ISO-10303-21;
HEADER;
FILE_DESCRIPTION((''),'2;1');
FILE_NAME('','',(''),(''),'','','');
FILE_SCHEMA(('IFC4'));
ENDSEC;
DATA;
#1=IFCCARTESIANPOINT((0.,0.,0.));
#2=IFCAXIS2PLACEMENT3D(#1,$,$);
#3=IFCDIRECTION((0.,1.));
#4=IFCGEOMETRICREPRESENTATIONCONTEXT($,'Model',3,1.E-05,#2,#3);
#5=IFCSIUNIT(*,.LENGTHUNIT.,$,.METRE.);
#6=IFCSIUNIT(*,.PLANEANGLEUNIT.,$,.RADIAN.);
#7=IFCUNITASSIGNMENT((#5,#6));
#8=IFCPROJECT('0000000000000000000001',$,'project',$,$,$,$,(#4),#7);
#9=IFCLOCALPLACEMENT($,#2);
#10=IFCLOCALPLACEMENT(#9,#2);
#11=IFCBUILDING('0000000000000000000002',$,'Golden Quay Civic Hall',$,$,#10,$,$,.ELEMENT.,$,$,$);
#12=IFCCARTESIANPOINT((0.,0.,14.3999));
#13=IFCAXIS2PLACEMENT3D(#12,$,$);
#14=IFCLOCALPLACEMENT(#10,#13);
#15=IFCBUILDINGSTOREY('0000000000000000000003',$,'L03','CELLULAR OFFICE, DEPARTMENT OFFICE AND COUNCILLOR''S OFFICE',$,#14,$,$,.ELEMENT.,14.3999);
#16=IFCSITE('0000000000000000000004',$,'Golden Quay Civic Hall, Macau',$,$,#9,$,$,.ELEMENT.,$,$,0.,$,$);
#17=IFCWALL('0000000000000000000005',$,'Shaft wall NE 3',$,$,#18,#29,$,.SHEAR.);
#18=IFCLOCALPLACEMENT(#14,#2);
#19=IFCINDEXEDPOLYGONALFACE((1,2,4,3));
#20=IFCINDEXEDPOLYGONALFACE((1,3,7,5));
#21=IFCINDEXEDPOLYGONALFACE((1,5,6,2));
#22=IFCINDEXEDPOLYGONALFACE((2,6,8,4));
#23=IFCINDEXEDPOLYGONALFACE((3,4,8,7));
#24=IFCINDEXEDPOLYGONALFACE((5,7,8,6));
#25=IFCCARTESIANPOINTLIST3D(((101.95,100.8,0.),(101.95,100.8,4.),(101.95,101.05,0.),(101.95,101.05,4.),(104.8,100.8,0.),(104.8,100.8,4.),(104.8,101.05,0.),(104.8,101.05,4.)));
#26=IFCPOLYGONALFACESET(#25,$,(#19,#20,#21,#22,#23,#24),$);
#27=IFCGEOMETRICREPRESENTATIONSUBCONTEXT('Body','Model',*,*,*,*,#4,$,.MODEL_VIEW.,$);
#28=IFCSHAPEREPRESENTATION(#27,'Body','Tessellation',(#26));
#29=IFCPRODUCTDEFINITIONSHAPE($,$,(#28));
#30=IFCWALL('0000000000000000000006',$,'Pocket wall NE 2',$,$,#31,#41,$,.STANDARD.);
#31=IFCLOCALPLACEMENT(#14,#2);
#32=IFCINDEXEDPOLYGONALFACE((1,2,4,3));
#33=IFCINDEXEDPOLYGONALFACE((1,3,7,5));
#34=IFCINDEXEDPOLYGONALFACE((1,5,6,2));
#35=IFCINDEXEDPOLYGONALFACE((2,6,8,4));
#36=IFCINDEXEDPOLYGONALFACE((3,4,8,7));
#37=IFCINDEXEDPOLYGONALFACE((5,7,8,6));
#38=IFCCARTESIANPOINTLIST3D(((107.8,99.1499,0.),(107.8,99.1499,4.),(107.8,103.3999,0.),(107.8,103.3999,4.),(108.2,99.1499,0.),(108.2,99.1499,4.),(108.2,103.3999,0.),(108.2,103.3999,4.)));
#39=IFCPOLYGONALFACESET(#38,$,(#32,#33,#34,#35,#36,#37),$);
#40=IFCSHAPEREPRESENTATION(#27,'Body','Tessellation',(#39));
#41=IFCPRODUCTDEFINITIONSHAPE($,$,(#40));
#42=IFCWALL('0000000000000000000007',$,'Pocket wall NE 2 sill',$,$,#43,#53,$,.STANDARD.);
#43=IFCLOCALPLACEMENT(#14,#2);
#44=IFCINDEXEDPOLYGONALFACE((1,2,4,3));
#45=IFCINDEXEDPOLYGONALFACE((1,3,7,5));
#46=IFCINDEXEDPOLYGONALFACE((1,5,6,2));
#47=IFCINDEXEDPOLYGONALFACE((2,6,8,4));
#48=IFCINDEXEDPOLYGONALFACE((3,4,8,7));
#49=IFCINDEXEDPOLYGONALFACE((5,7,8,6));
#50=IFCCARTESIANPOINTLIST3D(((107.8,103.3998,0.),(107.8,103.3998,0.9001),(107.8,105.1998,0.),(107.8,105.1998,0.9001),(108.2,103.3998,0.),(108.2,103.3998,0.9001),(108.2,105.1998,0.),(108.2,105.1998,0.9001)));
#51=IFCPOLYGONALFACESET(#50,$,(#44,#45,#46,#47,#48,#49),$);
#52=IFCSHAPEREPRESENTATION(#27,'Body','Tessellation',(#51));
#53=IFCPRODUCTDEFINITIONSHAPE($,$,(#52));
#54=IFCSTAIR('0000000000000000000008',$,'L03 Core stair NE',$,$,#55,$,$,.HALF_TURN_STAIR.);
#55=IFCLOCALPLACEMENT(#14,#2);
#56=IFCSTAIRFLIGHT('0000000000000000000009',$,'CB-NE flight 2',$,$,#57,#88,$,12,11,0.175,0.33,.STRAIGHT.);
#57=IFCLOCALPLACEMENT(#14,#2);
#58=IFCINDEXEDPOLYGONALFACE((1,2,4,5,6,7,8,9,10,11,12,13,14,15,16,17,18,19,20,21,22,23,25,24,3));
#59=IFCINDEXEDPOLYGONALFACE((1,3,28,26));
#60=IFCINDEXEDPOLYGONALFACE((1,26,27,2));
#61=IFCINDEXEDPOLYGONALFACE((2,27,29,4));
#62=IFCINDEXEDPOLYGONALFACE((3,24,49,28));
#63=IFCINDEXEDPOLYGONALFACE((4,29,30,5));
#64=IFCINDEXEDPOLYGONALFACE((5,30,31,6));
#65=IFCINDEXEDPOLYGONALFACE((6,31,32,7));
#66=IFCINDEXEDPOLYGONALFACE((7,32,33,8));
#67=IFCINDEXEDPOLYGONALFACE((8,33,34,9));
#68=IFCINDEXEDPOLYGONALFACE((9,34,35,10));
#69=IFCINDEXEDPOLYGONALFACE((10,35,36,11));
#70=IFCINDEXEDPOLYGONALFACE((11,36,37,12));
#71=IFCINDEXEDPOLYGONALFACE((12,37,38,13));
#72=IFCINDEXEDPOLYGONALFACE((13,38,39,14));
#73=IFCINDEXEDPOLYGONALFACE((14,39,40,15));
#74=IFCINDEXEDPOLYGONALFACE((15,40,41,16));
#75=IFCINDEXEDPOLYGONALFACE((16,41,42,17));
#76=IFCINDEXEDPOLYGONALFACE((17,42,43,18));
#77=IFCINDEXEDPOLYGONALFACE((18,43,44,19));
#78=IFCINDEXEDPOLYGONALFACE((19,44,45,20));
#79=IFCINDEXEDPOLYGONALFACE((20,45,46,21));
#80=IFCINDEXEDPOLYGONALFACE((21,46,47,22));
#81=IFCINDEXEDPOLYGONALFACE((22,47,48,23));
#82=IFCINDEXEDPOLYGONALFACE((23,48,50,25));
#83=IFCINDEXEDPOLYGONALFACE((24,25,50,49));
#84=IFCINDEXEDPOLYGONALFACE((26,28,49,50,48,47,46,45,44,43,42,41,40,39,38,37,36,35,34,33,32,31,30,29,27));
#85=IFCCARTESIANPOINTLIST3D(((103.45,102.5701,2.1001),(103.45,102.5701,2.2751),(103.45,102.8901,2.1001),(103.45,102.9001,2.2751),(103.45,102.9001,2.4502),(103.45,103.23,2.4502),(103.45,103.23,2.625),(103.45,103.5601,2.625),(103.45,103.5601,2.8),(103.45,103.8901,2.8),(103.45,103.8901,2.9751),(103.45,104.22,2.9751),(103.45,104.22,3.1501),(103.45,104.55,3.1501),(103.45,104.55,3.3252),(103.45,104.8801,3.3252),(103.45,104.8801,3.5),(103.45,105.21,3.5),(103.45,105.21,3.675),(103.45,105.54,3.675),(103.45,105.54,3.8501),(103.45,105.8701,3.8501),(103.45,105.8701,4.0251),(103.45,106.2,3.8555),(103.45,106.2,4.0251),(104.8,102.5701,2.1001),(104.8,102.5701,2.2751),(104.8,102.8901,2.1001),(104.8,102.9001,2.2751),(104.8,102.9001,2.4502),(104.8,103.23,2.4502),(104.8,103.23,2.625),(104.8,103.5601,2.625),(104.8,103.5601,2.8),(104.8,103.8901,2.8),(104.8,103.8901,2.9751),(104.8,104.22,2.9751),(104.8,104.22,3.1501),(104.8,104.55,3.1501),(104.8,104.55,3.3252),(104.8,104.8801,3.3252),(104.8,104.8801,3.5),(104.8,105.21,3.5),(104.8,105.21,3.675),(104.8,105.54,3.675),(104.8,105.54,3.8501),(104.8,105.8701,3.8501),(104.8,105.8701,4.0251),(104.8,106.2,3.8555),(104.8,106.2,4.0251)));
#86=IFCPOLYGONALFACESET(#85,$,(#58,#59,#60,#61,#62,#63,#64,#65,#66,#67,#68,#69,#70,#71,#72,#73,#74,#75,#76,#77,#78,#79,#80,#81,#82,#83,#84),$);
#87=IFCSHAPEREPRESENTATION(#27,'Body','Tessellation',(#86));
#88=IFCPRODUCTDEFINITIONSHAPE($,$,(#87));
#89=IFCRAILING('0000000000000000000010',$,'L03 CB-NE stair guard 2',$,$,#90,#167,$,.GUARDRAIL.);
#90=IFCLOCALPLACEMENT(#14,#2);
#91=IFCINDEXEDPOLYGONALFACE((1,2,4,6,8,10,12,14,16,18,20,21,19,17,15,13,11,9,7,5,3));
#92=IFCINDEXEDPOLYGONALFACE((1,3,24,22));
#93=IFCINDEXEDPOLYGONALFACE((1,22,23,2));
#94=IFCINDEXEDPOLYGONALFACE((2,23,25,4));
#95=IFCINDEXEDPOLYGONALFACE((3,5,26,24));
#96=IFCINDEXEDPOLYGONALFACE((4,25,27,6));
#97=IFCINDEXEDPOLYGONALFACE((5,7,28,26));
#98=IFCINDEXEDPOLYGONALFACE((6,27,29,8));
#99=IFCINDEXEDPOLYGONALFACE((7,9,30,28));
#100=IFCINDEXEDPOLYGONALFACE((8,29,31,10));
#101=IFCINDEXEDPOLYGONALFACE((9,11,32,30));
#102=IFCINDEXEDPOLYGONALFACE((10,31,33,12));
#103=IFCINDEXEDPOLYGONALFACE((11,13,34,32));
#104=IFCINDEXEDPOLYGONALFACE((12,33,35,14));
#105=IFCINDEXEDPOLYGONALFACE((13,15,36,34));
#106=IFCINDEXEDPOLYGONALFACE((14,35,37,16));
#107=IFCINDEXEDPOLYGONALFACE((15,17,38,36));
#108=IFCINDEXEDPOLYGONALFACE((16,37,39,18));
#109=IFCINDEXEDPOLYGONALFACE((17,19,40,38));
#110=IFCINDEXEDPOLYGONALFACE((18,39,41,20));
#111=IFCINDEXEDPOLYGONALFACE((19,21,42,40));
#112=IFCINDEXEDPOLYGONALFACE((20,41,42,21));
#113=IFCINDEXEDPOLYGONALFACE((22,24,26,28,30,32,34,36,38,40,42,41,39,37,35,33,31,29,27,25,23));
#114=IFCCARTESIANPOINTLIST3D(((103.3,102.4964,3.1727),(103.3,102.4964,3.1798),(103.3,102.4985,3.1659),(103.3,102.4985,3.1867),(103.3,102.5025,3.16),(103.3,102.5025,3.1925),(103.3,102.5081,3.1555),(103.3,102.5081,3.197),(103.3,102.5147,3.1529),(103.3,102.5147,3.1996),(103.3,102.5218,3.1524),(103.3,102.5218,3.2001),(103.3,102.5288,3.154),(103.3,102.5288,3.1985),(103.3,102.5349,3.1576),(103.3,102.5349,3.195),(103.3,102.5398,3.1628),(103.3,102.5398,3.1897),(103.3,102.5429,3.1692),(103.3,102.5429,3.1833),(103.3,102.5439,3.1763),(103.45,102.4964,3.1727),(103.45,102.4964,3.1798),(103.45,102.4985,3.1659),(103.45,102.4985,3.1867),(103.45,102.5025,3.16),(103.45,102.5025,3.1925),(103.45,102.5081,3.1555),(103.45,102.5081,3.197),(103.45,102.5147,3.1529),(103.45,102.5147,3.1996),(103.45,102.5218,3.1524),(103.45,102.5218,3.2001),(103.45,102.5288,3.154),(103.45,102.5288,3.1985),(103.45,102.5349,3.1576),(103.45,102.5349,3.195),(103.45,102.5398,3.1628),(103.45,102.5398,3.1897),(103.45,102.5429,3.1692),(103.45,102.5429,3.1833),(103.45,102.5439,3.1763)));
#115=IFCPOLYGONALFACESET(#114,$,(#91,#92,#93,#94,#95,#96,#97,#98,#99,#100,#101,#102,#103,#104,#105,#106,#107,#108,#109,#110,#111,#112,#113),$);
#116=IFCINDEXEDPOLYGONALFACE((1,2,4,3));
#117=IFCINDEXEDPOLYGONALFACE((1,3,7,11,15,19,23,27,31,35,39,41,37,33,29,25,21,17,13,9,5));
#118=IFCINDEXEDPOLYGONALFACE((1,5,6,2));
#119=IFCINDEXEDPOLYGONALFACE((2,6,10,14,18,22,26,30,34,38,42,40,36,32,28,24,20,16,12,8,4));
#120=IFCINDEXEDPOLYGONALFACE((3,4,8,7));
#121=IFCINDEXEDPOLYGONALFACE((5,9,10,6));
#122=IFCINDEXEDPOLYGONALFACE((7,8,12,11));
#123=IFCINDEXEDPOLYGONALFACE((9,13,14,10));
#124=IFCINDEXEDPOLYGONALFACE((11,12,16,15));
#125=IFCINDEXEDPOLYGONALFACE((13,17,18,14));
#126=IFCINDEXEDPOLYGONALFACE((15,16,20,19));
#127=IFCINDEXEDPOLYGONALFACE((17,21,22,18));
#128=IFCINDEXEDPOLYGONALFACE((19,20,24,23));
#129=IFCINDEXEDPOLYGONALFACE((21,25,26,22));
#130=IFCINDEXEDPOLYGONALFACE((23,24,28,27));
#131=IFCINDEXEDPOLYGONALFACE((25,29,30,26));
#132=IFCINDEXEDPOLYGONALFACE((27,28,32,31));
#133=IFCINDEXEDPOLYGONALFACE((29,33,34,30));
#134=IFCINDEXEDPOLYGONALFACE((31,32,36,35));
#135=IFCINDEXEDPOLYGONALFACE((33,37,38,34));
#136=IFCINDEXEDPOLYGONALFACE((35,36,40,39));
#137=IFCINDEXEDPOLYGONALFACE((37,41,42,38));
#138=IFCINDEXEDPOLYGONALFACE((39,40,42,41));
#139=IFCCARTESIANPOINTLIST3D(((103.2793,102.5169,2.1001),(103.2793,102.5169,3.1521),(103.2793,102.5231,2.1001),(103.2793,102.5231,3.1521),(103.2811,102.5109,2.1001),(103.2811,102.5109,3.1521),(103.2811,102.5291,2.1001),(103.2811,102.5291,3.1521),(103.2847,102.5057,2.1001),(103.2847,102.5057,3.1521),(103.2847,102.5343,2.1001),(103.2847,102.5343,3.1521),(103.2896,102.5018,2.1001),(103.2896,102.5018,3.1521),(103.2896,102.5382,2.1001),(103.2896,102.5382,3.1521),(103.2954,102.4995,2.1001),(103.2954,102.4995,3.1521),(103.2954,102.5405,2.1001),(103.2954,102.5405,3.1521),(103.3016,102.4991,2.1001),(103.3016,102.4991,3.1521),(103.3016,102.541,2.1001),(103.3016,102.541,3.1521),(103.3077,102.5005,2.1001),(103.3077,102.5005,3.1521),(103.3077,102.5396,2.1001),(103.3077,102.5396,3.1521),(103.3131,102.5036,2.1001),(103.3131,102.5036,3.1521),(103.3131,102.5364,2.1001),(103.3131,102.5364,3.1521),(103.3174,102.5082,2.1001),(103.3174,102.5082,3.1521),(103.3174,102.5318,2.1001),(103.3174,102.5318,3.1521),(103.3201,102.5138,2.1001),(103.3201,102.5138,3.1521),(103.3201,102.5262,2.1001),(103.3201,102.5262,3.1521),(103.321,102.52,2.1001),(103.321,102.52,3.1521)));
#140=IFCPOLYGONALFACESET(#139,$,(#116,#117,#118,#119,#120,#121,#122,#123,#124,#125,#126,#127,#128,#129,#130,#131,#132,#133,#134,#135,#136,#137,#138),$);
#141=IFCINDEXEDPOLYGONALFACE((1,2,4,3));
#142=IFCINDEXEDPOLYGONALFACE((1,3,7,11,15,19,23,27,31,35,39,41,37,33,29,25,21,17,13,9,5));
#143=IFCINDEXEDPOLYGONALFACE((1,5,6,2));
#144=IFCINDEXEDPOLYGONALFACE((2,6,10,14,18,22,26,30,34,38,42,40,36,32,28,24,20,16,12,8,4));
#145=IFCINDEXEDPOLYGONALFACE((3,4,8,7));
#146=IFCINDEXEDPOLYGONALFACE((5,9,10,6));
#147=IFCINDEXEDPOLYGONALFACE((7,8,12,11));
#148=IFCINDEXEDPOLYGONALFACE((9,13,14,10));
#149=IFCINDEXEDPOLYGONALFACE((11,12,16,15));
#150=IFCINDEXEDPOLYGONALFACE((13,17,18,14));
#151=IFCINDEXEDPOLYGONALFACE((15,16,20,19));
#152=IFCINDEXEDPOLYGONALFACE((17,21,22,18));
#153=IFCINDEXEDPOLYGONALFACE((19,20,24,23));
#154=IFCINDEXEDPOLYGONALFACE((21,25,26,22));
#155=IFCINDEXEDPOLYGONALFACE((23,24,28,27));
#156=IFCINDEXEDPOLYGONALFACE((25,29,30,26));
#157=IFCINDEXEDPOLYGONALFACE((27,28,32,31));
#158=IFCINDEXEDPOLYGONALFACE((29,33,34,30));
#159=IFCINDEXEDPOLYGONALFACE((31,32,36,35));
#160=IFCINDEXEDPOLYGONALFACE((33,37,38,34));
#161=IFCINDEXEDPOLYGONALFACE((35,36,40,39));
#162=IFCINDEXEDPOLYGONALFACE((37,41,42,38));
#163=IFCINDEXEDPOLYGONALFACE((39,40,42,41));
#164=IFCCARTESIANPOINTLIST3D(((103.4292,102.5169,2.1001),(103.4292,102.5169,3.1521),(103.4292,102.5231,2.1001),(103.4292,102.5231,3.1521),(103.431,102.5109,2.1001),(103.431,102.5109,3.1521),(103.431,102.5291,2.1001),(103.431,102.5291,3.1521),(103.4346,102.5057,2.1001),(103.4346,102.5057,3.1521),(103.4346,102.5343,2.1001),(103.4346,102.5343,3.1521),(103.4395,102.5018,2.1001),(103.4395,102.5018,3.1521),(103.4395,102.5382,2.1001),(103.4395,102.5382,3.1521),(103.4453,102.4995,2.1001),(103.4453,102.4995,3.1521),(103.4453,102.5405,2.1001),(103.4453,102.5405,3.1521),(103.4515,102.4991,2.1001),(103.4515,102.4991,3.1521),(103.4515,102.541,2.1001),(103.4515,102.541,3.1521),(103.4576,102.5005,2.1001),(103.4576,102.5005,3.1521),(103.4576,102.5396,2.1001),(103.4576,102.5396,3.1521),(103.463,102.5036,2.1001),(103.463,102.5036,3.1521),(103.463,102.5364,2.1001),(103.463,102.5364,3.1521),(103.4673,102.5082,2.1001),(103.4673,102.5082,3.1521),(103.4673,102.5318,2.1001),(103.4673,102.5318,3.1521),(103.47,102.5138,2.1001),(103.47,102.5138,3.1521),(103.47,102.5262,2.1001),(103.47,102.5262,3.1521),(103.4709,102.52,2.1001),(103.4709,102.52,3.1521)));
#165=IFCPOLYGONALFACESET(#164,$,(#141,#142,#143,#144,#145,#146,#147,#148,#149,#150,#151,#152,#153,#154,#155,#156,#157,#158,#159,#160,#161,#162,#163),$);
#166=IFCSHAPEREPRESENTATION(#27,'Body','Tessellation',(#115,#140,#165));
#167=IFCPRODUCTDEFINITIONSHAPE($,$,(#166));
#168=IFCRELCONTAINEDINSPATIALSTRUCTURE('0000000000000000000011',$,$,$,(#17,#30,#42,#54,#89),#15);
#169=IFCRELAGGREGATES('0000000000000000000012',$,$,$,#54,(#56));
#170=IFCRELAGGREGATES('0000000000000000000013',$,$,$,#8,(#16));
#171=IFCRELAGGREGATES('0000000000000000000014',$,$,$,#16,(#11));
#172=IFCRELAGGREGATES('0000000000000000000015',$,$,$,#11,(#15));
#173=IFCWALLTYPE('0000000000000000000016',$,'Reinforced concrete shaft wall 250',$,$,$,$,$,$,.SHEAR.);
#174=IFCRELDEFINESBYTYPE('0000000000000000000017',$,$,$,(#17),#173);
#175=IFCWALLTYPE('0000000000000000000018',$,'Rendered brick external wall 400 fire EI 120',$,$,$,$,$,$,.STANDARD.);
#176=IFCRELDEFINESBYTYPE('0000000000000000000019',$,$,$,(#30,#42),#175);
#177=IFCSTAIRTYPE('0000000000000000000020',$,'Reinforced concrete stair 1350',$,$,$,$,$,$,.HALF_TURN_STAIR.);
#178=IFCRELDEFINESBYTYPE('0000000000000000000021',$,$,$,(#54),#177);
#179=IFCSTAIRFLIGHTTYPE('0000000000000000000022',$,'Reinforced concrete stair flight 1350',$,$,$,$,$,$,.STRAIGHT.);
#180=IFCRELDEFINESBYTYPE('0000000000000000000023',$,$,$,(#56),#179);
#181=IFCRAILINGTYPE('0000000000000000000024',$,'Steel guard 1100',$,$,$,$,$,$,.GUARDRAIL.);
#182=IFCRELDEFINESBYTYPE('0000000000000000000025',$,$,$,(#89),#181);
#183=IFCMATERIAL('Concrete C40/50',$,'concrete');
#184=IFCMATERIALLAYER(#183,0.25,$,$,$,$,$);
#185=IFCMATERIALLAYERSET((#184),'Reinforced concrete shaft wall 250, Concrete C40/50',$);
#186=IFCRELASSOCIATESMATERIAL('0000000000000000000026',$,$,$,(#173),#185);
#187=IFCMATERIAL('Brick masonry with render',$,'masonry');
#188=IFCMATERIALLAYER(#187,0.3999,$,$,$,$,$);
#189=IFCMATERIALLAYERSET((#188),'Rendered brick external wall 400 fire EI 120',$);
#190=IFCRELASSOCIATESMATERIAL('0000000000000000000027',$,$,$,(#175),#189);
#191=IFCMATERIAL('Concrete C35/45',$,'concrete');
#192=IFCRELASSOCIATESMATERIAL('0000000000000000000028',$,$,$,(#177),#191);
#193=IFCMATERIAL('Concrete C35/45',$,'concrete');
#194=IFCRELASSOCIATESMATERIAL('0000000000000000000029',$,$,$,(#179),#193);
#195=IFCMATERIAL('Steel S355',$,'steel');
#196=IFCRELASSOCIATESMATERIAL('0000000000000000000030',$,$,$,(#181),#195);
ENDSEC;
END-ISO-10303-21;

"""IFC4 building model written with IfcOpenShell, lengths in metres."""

from ifc_helpers import new_model, si_unit, direction, frame, frame_2d, origin, origin_2d, place, context, subcontext, project, spatial, polyline, rectangle, circle, outline, extrude, material, layer, layer_set, type_object, element, aggregate, save


model = new_model("IFC4")

# Units and contexts
model_context = context("Model", 3, precision=1e-05, world=origin(), true_north=direction((0.0, 1.0)))
body_context = subcontext(model_context, "Body", "Model", "MODEL_VIEW")
ifc_project = project(units=[si_unit("LENGTHUNIT", "METRE"), si_unit("PLANEANGLEUNIT", "RADIAN")], contexts=[model_context])

# Site, building, storey
site_placement = place(None, origin())
site = spatial("IfcSite", under=ifc_project, at=site_placement, Name="Golden Quay Civic Hall, Macau", CompositionType="ELEMENT", RefElevation=0.0)
building_placement = place(site_placement, origin())
building = spatial("IfcBuilding", under=site, at=building_placement, Name="Golden Quay Civic Hall", CompositionType="ELEMENT")
storey_placement = place(building_placement, frame((0.0, 0.0, 14.3999)))
storey = spatial("IfcBuildingStorey", under=building, at=storey_placement, Name="L03", Description="CELLULAR OFFICE, DEPARTMENT OFFICE AND COUNCILLOR'S OFFICE", CompositionType="ELEMENT", Elevation=14.3999)

# Walls
ifc_material_1 = material(Name="Concrete C40/50", Category="concrete")
ifc_layer_1 = layer(ifc_material_1, 0.25)
ifc_layer_set_1 = layer_set([ifc_layer_1], Name="Reinforced concrete shaft wall 250, Concrete C40/50")
wall_type_1 = type_object("IfcWallType", Name="Reinforced concrete shaft wall 250", PredefinedType="SHEAR", material=ifc_layer_set_1)
wall_1_placement = place(storey_placement, frame((104.8, 100.925, 0.0), z_axis=(0.0, 0.0, 1.0), x_axis=(-1.0, 0.0, 0.0)))
element("IfcWall", 1, at=wall_1_placement, inside=storey, type_object=wall_type_1, Name="Shaft wall NE 3", PredefinedType="SHEAR", context=body_context, shape_type="SweptSolid", body=[
    extrude(rectangle(XDim=2.8501, YDim=0.25, at=frame_2d((1.425, 0.0))), origin(), (0.0, 0.0, 1.0), 4.0),
])
ifc_material_2 = material(Name="Brick masonry with render", Category="masonry")
ifc_layer_2 = layer(ifc_material_2, 0.3999)
ifc_layer_set_2 = layer_set([ifc_layer_2], Name="Rendered brick external wall 400 fire EI 120")
wall_type_2 = type_object("IfcWallType", Name="Rendered brick external wall 400 fire EI 120", PredefinedType="STANDARD", material=ifc_layer_set_2)
wall_2_placement = place(storey_placement, frame((108.0, 99.1499, 0.0), z_axis=(0.0, 0.0, 1.0), x_axis=(0.0, 1.0, 0.0)))
element("IfcWall", 2, at=wall_2_placement, inside=storey, type_object=wall_type_2, Name="Pocket wall NE 2", PredefinedType="STANDARD", context=body_context, shape_type="SweptSolid", body=[
    extrude(rectangle(XDim=4.25, YDim=0.3999, at=frame_2d((2.125, 0.0))), origin(), (0.0, 0.0, 1.0), 4.0),
])
wall_3_placement = place(storey_placement, frame((108.0, 103.3999, 0.0), z_axis=(0.0, 0.0, 1.0), x_axis=(0.0, 1.0, 0.0)))
element("IfcWall", 3, at=wall_3_placement, inside=storey, type_object=wall_type_2, Name="Pocket wall NE 2 sill", PredefinedType="STANDARD", context=body_context, shape_type="SweptSolid", body=[
    extrude(rectangle(XDim=1.8, YDim=0.3999, at=frame_2d((0.8999, 0.0))), origin(), (0.0, 0.0, 1.0), 0.9001),
])

# Stair, stair flight
ifc_material_3 = material(Name="Concrete C35/45", Category="concrete")
stair_type = type_object("IfcStairType", Name="Reinforced concrete stair 1350", PredefinedType="HALF_TURN_STAIR", material=ifc_material_3)
stair_placement = place(storey_placement, origin())
stair = element("IfcStair", 4, at=stair_placement, inside=storey, type_object=stair_type, Name="L03 Core stair NE", PredefinedType="HALF_TURN_STAIR")
ifc_material_4 = material(Name="Concrete C35/45", Category="concrete")
stair_flight_type = type_object("IfcStairFlightType", Name="Reinforced concrete stair flight 1350", PredefinedType="STRAIGHT", material=ifc_material_4)
stair_flight_placement = place(storey_placement, frame((104.125, 102.5701, 2.1001), z_axis=(0.0, 0.0, 1.0), x_axis=(0.0, 1.0, 0.0)))
stair_flight = element("IfcStairFlight", 5, at=stair_flight_placement, type_object=stair_flight_type, Name="CB-NE flight 2", NumberOfRisers=12, NumberOfTreads=11, PredefinedType="STRAIGHT", RiserHeight=0.175, TreadLength=0.33, context=body_context, shape_type="SweptSolid", body=[
    extrude(outline(polyline([(0.0, 0.0), (0.0, 0.175), (0.3301, 0.175), (0.3301, 0.3501), (0.6599, 0.3501), (0.6599, 0.5249), (0.99, 0.5249), (0.99, 0.7), (1.3201, 0.7), (1.3201, 0.875), (1.6499, 0.875), (1.6499, 1.05), (1.98, 1.05), (1.98, 1.2251), (2.3101, 1.2251), (2.3101, 1.3999), (2.6399, 1.3999), (2.6399, 1.575), (2.97, 1.575), (2.97, 1.75), (3.3, 1.75), (3.3, 1.925), (3.6299, 1.925), (3.6299, 2.1001), (3.6299, 1.7554), (0.3201, 0.0), (0.0, 0.0)])), frame((0.0, 0.675, 0.0), z_axis=(0.0, -1.0, 0.0), x_axis=(1.0, 0.0, 0.0)), (0.0, 0.0, 1.0), 1.35),
])
aggregate(stair, [stair_flight])

# Railing
ifc_material_5 = material(Name="Steel S355", Category="steel")
railing_type_1 = type_object("IfcRailingType", Name="Steel guard 1100", PredefinedType="GUARDRAIL", material=ifc_material_5)
railing_1_placement = place(storey_placement, frame((103.3, 102.52, 2.1001)))
element("IfcRailing", 6, at=railing_1_placement, inside=storey, type_object=railing_type_1, Name="L03 CB-NE stair guard 2", PredefinedType="GUARDRAIL", context=body_context, shape_type="SweptSolid", body=[
    extrude(circle(Radius=0.0239, at=origin_2d()), frame((0.0, 0.0, 1.0762), z_axis=(1.0, 0.0, 0.0), x_axis=(0.0, 1.0, 0.0)), (0.0, 0.0, 1.0), 0.1499),
    extrude(circle(Radius=0.021, at=origin_2d()), origin(), (0.0, 0.0, 1.0), 1.052),
    extrude(circle(Radius=0.021, at=origin_2d()), frame((0.1499, 0.0, 0.0)), (0.0, 0.0, 1.0), 1.052),
])

save(model, "model.ifc")
